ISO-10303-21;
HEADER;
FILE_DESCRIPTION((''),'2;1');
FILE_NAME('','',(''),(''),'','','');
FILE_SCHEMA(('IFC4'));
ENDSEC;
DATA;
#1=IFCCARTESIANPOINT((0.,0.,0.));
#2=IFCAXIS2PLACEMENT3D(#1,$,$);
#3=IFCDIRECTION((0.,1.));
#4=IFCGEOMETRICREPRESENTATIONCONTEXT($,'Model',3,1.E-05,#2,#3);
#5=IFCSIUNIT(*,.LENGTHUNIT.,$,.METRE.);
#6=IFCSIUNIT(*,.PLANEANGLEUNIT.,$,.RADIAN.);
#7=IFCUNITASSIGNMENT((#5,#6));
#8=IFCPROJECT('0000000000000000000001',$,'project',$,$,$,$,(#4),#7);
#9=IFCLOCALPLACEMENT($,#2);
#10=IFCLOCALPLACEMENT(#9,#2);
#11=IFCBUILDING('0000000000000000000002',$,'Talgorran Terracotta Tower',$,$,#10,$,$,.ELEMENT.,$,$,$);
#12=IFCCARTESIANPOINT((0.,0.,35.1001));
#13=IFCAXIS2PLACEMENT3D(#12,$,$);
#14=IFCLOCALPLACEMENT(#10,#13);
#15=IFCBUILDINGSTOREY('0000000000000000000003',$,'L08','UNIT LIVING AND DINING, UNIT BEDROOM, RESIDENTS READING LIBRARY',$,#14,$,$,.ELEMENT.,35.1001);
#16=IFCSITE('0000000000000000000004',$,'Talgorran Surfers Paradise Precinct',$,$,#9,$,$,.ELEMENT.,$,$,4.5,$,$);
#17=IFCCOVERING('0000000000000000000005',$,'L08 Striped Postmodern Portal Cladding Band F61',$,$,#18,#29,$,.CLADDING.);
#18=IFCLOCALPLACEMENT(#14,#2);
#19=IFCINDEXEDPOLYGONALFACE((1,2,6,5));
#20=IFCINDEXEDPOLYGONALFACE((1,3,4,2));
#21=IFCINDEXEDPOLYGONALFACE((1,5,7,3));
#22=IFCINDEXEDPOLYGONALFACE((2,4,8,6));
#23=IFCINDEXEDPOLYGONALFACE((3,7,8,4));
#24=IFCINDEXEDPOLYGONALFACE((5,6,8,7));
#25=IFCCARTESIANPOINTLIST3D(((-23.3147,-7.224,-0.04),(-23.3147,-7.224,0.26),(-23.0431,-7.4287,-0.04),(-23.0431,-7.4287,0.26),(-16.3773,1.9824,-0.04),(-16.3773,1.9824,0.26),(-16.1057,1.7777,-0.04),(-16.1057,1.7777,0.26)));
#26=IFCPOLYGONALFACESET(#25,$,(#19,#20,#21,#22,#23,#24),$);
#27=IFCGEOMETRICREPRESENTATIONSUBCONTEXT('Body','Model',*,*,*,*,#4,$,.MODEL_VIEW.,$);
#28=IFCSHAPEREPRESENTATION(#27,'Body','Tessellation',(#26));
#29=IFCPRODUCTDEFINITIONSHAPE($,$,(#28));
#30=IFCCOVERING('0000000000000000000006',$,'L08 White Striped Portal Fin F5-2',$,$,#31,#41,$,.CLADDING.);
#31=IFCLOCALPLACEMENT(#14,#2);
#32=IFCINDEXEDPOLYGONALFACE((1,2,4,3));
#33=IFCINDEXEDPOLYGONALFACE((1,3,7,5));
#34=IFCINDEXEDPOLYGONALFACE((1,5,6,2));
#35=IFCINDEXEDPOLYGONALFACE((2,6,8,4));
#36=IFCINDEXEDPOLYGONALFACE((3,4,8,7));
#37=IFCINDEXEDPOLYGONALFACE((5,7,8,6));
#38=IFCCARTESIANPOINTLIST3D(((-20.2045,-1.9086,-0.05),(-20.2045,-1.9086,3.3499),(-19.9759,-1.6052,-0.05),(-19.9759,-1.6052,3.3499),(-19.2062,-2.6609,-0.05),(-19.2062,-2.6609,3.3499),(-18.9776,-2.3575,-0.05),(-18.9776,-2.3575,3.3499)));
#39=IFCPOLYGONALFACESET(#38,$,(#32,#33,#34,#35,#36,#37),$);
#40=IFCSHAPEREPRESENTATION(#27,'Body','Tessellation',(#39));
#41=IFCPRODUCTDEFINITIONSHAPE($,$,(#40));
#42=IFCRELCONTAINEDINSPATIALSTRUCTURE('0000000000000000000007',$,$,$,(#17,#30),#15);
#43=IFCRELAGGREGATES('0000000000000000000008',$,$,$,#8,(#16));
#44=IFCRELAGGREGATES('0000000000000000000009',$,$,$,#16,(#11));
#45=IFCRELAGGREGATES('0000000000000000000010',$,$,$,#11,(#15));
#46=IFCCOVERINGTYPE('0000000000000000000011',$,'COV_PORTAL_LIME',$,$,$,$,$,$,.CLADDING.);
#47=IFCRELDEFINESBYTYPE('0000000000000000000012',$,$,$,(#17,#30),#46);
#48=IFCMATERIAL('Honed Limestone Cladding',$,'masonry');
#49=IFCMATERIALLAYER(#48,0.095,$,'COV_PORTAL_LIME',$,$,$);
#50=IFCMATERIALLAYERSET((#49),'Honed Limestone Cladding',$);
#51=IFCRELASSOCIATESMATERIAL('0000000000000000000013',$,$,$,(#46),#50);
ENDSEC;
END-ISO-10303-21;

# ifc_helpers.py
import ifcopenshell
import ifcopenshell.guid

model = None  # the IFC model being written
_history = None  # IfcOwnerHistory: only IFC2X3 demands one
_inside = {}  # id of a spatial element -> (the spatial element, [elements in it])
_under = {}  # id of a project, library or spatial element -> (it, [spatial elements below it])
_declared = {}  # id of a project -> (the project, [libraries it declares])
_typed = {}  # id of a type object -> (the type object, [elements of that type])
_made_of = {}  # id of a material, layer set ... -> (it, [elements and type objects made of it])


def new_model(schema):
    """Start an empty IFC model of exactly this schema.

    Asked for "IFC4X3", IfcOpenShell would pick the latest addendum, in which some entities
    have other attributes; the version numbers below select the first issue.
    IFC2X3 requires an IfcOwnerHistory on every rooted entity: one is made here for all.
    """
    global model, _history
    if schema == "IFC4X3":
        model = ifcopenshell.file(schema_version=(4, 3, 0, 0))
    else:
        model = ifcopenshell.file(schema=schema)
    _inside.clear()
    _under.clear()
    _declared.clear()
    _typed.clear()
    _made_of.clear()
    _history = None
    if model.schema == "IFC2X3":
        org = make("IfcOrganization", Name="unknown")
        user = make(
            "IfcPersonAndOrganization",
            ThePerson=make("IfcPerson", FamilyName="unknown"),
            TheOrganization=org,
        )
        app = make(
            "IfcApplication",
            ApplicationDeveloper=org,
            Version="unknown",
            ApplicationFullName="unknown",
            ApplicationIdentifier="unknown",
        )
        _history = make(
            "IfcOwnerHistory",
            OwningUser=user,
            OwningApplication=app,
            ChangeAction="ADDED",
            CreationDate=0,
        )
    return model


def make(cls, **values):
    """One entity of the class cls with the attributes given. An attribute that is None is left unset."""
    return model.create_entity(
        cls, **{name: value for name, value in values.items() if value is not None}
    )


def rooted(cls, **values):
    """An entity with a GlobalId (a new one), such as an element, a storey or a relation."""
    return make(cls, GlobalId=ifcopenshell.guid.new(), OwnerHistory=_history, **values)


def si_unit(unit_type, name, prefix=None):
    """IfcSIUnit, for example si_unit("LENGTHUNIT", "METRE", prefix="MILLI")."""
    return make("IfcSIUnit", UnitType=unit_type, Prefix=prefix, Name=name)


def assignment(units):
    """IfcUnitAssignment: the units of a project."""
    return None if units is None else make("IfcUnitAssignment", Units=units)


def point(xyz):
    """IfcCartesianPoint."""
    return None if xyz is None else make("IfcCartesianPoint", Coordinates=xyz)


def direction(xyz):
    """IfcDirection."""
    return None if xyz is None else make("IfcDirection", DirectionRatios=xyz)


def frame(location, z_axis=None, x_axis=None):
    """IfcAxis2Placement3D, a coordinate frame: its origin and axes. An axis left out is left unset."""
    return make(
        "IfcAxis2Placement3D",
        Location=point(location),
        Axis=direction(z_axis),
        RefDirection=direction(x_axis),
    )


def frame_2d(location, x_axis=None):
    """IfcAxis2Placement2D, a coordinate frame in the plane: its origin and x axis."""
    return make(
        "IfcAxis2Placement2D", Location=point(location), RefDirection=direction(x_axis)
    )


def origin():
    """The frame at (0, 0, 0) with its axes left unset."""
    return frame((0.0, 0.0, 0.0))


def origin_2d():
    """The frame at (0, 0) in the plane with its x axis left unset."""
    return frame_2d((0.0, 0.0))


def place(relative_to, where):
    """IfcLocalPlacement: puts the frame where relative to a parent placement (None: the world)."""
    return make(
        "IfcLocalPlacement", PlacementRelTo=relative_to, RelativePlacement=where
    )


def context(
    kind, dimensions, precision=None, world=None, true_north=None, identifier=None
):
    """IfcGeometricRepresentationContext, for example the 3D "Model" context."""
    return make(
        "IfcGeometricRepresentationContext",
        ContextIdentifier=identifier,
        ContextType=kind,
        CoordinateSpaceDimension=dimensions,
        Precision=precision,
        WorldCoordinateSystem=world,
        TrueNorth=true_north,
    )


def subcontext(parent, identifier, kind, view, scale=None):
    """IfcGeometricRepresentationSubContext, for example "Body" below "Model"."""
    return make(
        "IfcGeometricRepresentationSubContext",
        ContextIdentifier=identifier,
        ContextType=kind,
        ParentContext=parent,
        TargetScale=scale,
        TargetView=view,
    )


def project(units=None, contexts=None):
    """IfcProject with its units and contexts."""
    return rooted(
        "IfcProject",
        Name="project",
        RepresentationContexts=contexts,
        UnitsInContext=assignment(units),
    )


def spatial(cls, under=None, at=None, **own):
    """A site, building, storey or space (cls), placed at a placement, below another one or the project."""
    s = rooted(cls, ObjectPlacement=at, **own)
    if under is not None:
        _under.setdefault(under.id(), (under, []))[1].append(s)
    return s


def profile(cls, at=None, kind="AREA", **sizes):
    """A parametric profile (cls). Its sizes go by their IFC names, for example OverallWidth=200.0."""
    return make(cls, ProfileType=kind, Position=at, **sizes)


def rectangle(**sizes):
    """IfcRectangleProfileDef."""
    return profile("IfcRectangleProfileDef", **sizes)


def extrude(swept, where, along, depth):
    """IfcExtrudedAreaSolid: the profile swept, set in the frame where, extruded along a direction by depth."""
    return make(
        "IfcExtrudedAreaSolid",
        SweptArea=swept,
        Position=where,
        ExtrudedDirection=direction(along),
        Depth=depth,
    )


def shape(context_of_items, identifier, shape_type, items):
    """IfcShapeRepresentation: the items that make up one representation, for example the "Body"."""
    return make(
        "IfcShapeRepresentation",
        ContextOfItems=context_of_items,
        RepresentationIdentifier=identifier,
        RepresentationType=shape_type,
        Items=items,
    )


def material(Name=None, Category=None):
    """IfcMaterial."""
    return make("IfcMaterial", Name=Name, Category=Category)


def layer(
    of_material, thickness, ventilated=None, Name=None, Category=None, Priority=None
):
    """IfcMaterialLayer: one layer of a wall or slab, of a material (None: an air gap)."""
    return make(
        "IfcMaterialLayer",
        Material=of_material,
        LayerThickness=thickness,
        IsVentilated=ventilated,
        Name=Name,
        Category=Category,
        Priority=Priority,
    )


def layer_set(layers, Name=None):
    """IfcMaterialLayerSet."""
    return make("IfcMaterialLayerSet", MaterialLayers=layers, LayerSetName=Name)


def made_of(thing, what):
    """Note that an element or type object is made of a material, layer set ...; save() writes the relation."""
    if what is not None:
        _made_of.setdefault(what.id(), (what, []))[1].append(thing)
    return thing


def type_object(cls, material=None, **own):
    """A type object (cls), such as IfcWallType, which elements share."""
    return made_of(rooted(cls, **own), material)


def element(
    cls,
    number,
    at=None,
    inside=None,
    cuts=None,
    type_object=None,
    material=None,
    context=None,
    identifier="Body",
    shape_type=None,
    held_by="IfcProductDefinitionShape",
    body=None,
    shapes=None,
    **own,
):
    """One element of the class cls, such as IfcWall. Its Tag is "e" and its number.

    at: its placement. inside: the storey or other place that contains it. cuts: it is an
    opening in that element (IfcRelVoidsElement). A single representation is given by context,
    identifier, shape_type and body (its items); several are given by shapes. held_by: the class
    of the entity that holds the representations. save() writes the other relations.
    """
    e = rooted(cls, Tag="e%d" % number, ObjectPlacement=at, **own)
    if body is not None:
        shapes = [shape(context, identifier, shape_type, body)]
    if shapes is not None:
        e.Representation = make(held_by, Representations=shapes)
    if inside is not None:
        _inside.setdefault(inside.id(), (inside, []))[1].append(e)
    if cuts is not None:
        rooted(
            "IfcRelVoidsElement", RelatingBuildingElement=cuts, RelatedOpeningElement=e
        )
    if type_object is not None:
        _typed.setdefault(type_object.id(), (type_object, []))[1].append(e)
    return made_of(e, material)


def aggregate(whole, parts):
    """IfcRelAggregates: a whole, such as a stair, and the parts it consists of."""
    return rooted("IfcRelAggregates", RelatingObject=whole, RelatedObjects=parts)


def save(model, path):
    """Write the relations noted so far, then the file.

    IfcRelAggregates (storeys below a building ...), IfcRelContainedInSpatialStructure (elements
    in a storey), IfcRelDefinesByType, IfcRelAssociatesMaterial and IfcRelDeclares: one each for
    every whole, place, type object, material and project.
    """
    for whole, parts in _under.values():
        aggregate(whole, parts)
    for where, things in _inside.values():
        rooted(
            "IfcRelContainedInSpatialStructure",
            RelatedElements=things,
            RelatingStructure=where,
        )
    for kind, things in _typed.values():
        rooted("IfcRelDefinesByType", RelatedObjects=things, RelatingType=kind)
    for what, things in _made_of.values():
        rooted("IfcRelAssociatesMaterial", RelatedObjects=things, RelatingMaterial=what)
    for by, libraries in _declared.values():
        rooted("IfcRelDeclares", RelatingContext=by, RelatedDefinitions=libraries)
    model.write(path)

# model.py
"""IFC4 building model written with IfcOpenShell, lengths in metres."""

from ifc_helpers import new_model, si_unit, direction, frame, origin, origin_2d, place, context, subcontext, project, spatial, rectangle, extrude, material, layer, layer_set, type_object, element, save


model = new_model("IFC4")

# Units and contexts
model_context = context("Model", 3, precision=1e-05, world=origin(), true_north=direction((0.0, 1.0)))
body_context = subcontext(model_context, "Body", "Model", "MODEL_VIEW")
ifc_project = project(units=[si_unit("LENGTHUNIT", "METRE"), si_unit("PLANEANGLEUNIT", "RADIAN")], contexts=[model_context])

# Site, building, storey
site_placement = place(None, origin())
site = spatial("IfcSite", under=ifc_project, at=site_placement, Name="Talgorran Surfers Paradise Precinct", CompositionType="ELEMENT", RefElevation=4.5)
building_placement = place(site_placement, origin())
building = spatial("IfcBuilding", under=site, at=building_placement, Name="Talgorran Terracotta Tower", CompositionType="ELEMENT")
storey_placement = place(building_placement, frame((0.0, 0.0, 35.1001)))
storey = spatial("IfcBuildingStorey", under=building, at=storey_placement, Name="L08", Description="UNIT LIVING AND DINING, UNIT BEDROOM, RESIDENTS READING LIBRARY", CompositionType="ELEMENT", Elevation=35.1001)

# Coverings
ifc_material_1 = material(Name="Honed Limestone Cladding", Category="masonry")
ifc_layer_1 = layer(ifc_material_1, 0.095, Name="COV_PORTAL_LIME")
ifc_layer_set_1 = layer_set([ifc_layer_1], Name="Honed Limestone Cladding")
covering_type_1 = type_object("IfcCoveringType", Name="COV_PORTAL_LIME", PredefinedType="CLADDING", material=ifc_layer_set_1)
covering_1_placement = place(storey_placement, frame((-19.7102, -2.7231, -0.04), z_axis=(0.0, 0.0, 1.0), x_axis=(-0.601815, -0.798636, 0.0)))
element("IfcCovering", 1, at=covering_1_placement, inside=storey, type_object=covering_type_1, Name="L08 Striped Postmodern Portal Cladding Band F61", PredefinedType="CLADDING", context=body_context, shape_type="SweptSolid", body=[
    extrude(rectangle(XDim=11.5276, YDim=0.3401, at=origin_2d()), origin(), (0.0, 0.0, 1.0), 0.3),
])
covering_2_placement = place(storey_placement, frame((-19.5911, -2.1331, -0.05), z_axis=(0.0, 0.0, 1.0), x_axis=(-0.601815, -0.798636, 0.0)))
element("IfcCovering", 2, at=covering_2_placement, inside=storey, type_object=covering_type_1, Name="L08 White Striped Portal Fin F5-2", PredefinedType="CLADDING", context=body_context, shape_type="SweptSolid", body=[
    extrude(rectangle(XDim=0.3799, YDim=1.25, at=origin_2d()), origin(), (0.0, 0.0, 1.0), 3.3999),
])

save(model, "model.ifc")
